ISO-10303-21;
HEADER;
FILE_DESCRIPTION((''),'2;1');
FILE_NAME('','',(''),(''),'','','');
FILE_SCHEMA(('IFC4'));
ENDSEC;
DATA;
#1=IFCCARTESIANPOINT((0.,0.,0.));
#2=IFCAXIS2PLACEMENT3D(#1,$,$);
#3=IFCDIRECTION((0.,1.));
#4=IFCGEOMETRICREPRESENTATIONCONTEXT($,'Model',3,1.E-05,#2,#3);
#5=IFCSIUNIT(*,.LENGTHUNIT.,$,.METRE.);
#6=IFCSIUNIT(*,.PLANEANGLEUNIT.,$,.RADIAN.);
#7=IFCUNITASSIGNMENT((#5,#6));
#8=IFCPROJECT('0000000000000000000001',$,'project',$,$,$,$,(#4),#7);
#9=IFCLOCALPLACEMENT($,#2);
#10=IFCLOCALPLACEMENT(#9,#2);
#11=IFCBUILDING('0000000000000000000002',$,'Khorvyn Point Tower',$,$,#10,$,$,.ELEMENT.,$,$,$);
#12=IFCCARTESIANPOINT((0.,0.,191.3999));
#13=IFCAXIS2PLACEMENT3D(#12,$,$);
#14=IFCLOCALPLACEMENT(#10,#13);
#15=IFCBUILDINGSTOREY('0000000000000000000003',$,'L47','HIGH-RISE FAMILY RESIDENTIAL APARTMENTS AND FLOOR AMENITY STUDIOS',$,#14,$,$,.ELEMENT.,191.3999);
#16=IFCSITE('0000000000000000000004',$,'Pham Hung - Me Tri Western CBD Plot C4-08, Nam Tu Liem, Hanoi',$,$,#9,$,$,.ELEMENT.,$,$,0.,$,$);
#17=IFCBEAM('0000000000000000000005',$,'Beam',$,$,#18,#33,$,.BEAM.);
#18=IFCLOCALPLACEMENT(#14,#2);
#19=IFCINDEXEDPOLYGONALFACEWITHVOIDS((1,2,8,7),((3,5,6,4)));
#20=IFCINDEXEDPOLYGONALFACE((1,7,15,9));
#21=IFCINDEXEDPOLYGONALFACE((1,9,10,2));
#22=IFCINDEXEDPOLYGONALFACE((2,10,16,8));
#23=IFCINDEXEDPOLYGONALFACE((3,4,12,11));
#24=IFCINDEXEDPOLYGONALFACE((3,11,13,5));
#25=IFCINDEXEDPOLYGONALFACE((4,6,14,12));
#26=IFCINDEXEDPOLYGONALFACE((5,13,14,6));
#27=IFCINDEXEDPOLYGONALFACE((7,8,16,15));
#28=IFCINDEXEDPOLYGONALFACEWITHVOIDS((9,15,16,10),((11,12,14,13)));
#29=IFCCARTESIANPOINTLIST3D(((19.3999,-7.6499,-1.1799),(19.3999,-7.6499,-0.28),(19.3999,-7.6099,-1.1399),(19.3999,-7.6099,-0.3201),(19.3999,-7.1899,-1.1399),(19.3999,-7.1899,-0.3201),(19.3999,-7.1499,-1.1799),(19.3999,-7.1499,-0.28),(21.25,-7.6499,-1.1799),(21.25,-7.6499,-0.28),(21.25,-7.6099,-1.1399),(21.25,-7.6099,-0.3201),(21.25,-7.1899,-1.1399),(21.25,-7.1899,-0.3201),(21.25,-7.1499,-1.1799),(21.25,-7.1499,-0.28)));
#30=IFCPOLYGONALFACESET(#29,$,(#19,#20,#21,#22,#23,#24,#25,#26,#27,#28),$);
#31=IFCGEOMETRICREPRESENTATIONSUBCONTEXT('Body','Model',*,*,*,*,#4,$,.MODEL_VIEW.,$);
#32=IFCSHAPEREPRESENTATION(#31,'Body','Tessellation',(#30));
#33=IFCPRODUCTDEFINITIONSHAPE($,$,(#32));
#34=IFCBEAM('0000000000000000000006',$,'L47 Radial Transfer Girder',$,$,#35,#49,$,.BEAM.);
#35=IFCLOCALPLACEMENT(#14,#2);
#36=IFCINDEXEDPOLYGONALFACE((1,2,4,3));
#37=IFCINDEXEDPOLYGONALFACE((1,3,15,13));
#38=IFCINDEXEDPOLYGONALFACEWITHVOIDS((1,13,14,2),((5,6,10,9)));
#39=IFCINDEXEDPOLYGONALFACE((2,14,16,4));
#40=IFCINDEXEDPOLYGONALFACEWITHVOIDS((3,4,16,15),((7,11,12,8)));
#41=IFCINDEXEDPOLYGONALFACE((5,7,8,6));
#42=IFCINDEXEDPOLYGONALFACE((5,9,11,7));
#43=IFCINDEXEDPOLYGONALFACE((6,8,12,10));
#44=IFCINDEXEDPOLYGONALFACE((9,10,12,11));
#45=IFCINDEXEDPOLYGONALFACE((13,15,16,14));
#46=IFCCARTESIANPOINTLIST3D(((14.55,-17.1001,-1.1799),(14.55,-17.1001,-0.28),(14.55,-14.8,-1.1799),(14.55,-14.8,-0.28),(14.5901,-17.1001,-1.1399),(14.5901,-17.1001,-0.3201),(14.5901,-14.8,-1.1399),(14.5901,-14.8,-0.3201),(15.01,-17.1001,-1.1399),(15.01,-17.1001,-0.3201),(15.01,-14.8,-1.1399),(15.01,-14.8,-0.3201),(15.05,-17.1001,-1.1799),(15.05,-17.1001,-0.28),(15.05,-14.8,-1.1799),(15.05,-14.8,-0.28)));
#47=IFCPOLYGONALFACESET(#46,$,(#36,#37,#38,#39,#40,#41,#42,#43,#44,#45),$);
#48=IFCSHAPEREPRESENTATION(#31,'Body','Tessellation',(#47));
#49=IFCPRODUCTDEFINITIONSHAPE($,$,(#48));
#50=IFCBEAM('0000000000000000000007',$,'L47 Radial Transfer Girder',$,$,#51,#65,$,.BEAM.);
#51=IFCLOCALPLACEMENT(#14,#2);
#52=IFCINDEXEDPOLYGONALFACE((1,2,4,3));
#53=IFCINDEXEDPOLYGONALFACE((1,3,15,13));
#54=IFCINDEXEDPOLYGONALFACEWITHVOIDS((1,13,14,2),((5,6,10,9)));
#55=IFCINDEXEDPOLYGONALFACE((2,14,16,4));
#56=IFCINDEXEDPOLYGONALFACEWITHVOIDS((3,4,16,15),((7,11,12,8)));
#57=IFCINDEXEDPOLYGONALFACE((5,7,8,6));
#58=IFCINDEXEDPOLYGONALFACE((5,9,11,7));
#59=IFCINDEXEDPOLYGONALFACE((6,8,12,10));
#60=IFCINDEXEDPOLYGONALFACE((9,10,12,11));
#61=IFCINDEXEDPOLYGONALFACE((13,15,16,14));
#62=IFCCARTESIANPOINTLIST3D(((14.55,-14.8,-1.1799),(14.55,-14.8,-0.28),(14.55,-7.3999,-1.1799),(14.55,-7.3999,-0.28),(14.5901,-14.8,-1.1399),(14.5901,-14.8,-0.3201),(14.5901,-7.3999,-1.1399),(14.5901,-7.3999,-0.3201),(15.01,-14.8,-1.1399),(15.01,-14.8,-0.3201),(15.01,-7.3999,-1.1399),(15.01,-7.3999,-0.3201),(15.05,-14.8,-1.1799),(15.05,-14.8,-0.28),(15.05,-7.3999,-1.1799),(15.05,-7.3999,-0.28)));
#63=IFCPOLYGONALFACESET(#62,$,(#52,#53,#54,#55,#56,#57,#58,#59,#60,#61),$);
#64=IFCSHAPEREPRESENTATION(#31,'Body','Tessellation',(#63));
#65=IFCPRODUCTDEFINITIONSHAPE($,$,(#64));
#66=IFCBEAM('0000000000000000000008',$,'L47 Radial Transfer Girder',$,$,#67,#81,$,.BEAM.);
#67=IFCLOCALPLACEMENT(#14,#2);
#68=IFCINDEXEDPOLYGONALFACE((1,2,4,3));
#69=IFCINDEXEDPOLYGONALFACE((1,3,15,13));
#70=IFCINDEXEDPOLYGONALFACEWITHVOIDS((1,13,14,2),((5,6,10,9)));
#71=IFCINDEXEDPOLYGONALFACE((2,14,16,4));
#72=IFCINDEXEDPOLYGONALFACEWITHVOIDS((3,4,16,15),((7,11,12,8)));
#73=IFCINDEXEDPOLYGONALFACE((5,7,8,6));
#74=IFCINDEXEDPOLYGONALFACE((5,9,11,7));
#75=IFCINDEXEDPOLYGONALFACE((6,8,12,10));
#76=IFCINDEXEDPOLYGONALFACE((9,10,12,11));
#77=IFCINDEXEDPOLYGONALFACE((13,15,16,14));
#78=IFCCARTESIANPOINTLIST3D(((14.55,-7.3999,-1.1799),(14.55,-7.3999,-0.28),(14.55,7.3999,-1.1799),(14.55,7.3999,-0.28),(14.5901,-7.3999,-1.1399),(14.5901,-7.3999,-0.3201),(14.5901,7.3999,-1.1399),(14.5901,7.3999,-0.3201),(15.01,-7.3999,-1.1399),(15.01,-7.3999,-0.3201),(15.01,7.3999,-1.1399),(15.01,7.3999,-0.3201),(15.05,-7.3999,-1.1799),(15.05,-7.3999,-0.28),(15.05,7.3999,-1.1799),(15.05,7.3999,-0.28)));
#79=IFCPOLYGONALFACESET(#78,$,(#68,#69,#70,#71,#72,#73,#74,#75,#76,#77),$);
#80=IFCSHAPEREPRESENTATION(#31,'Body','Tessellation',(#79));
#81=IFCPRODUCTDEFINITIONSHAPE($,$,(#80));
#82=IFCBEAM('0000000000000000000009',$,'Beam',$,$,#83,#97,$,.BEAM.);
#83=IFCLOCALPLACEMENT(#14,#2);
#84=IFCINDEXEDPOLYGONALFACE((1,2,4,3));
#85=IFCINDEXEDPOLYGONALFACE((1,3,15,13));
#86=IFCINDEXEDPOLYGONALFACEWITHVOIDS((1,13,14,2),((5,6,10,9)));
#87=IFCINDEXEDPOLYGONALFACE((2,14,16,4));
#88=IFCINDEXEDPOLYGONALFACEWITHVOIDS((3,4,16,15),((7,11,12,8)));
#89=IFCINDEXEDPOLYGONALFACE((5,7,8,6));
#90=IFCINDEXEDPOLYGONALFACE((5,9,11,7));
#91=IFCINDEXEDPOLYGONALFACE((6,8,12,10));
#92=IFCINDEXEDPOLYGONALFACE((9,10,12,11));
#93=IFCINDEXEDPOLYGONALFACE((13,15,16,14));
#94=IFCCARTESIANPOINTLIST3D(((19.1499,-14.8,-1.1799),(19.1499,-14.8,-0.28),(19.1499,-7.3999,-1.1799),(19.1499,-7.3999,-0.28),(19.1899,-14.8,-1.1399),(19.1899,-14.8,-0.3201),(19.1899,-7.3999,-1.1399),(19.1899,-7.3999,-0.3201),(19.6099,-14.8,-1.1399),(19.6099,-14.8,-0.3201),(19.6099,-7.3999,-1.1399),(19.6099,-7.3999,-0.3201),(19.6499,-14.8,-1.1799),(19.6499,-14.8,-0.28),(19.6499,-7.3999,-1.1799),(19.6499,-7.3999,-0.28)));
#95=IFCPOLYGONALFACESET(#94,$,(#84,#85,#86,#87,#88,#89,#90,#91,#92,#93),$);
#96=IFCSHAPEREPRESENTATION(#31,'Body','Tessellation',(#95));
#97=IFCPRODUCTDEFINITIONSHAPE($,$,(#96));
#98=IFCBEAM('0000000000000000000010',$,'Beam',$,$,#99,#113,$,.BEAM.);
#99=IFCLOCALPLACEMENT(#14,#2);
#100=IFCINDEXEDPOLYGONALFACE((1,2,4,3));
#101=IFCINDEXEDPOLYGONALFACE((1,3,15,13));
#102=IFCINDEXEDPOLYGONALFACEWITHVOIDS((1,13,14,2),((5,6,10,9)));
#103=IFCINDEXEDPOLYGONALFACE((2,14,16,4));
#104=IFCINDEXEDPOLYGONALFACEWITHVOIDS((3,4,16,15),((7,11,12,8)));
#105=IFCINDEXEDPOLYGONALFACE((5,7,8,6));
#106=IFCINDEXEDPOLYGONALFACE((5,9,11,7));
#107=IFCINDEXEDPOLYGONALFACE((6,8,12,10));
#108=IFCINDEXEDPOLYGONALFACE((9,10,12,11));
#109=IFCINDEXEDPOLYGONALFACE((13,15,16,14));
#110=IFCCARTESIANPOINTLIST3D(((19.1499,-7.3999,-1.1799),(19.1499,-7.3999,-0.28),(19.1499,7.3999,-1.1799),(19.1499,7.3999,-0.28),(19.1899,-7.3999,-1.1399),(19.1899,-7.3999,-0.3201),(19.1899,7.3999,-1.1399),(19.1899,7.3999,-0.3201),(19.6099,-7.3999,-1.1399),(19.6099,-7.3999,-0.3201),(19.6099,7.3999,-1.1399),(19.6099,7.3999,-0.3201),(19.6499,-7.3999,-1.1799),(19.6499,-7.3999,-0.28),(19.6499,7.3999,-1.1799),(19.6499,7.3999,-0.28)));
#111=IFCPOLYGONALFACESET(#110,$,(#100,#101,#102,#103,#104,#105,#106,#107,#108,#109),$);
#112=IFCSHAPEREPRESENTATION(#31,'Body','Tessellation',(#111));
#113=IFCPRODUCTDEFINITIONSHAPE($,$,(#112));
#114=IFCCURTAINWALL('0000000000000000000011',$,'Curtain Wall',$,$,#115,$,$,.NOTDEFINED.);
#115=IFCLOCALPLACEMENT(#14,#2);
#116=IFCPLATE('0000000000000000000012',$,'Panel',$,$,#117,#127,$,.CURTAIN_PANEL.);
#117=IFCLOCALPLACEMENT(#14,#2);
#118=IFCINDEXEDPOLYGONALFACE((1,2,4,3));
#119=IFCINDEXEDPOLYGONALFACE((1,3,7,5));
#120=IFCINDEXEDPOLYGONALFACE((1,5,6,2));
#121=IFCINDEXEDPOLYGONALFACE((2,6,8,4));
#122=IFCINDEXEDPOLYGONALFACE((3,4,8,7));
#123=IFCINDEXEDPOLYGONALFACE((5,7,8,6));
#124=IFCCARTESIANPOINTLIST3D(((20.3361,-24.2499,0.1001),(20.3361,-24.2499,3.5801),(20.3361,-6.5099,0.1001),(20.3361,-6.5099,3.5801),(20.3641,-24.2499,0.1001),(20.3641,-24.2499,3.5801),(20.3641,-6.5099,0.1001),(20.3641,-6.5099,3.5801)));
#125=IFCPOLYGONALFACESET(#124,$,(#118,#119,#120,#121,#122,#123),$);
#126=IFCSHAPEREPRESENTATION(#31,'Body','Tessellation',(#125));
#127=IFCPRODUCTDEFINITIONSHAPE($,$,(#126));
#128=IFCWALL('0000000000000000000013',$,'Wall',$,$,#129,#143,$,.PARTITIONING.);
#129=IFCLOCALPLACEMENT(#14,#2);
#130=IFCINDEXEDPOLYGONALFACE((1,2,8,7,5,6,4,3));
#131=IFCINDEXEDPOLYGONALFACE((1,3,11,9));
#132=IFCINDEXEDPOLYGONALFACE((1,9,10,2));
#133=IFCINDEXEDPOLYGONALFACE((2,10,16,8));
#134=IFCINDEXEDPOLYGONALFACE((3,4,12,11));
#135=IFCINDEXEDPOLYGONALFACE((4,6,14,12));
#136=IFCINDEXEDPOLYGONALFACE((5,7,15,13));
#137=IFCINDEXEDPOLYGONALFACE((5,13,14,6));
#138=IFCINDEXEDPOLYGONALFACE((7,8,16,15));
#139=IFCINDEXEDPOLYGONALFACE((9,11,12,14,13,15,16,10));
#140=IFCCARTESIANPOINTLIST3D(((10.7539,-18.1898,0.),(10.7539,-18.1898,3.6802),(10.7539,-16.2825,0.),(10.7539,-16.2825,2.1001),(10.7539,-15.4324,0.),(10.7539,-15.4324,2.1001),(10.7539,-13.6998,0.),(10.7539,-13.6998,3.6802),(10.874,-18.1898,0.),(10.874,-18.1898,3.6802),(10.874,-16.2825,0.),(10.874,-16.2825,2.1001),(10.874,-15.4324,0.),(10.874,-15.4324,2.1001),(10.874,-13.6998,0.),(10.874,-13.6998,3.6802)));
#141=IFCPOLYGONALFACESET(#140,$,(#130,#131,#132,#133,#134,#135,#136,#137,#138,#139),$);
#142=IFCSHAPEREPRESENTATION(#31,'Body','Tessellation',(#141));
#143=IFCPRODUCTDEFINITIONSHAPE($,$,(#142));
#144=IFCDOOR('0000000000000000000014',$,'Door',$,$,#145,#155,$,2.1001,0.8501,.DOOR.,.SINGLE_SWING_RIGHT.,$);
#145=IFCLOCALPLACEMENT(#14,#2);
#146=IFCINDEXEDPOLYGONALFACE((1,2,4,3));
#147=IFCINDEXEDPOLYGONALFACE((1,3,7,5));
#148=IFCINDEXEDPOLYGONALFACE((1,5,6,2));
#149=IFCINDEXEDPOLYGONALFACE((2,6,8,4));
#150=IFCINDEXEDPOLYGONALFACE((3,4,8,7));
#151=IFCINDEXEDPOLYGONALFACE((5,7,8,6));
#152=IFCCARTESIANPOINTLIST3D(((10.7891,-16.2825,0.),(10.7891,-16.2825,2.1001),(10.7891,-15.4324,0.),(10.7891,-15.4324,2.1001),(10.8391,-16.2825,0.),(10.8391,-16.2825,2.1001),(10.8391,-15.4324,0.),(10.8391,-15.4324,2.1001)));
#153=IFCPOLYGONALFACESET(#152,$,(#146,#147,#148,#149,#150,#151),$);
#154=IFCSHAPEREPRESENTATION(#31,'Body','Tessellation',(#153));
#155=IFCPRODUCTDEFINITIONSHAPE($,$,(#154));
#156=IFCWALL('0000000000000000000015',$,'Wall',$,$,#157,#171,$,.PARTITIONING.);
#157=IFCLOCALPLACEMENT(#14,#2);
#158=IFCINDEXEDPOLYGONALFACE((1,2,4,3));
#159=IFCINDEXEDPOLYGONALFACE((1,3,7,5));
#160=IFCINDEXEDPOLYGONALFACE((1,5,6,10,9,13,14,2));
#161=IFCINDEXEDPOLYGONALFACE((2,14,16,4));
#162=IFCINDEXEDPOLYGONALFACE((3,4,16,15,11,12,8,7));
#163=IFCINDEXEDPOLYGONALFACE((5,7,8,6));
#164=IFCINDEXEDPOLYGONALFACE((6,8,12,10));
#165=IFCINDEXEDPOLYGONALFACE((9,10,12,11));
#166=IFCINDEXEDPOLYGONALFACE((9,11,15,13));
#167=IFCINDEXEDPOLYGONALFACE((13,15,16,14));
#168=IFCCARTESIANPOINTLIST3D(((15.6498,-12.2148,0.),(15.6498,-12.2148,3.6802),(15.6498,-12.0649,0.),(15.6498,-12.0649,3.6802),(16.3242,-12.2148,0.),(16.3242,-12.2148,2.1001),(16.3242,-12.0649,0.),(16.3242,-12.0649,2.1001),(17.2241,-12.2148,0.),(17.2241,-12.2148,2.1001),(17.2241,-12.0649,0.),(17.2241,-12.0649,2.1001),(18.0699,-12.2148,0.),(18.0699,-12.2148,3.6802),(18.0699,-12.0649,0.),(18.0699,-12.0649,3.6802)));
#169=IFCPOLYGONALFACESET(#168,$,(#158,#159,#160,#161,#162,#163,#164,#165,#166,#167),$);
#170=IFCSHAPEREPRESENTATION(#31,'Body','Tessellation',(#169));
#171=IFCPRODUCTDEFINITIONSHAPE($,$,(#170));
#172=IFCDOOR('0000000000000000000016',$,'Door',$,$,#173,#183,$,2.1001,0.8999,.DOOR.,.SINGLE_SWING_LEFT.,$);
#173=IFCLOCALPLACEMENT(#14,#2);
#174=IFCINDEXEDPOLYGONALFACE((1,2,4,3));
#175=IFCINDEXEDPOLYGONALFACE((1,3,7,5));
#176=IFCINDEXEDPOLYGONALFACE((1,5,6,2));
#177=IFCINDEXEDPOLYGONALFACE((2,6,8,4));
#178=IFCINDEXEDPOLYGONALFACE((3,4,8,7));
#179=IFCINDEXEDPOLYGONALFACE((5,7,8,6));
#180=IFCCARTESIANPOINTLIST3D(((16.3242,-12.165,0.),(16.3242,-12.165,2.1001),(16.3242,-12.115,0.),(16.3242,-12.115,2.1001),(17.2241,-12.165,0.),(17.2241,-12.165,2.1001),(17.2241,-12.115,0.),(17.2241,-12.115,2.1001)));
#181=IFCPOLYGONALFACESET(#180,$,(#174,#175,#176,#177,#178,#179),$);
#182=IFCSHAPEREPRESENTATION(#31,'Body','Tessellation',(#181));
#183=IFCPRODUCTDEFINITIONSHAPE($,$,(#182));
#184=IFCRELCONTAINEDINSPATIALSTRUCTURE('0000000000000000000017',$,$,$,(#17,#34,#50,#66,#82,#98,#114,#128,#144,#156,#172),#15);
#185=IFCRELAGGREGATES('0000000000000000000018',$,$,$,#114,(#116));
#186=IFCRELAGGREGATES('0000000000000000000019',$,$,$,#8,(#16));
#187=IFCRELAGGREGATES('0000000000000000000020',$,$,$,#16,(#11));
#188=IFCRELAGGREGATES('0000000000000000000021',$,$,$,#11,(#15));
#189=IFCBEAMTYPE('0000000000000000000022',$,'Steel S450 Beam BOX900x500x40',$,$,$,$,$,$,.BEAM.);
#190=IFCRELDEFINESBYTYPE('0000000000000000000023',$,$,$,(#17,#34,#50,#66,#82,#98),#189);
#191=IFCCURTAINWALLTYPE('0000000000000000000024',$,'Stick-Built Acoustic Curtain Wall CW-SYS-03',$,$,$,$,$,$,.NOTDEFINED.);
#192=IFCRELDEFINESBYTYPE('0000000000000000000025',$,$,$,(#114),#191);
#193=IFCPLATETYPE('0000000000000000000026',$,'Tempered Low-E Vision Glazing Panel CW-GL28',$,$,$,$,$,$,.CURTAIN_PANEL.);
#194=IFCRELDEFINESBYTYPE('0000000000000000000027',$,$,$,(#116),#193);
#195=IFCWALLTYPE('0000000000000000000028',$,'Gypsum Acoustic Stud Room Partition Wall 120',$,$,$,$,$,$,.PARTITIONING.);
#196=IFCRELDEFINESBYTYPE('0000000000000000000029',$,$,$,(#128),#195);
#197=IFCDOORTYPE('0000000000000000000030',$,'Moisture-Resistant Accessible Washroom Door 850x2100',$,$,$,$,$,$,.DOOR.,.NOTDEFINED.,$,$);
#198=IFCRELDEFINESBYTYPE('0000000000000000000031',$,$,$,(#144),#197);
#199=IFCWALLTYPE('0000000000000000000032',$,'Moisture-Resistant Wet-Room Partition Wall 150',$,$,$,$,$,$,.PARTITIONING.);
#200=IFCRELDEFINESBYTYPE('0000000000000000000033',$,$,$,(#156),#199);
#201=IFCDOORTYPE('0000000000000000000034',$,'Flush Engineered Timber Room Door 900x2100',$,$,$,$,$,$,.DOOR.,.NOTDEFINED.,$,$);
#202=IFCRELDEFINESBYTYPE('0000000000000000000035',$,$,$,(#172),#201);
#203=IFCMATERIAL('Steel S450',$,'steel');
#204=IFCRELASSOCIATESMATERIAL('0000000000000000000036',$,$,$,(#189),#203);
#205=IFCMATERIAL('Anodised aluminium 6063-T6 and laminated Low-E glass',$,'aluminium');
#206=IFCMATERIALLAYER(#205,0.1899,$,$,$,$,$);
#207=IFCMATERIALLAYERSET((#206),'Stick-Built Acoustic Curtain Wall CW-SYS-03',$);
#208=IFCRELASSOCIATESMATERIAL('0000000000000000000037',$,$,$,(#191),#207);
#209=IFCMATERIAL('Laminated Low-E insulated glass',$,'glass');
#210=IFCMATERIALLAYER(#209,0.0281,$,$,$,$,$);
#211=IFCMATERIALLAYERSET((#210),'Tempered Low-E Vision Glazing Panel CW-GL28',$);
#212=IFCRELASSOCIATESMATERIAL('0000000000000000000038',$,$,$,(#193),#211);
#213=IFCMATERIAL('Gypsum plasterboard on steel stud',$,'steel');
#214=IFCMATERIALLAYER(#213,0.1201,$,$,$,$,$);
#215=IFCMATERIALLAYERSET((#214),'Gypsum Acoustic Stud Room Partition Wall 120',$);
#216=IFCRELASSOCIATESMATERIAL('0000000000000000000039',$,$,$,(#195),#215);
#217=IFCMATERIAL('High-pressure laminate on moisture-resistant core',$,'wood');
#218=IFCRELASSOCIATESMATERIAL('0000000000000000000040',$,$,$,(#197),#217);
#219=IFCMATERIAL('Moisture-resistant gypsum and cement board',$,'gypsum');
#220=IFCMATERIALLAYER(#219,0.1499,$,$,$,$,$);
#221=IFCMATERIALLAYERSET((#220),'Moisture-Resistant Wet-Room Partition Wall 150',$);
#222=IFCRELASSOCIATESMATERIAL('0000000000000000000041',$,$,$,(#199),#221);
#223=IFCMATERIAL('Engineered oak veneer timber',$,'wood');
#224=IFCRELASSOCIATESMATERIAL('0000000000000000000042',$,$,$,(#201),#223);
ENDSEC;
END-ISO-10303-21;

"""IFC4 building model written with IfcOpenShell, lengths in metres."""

from ifc_helpers import new_model, si_unit, direction, frame, frame_2d, origin, origin_2d, place, context, subcontext, project, spatial, rectangle, hollow_rectangle, extrude, material, layer, layer_set, material_profile, profile_set, type_object, element, fill, aggregate, save


model = new_model("IFC4")

# Units and contexts
model_context = context("Model", 3, precision=1e-05, world=origin(), true_north=direction((0.0, 1.0)))
body_context = subcontext(model_context, "Body", "Model", "MODEL_VIEW")
ifc_project = project(units=[si_unit("LENGTHUNIT", "METRE"), si_unit("PLANEANGLEUNIT", "RADIAN")], contexts=[model_context])

# Site, building, storey
site_placement = place(None, origin())
site = spatial("IfcSite", under=ifc_project, at=site_placement, Name="Pham Hung - Me Tri Western CBD Plot C4-08, Nam Tu Liem, Hanoi", CompositionType="ELEMENT", RefElevation=0.0)
building_placement = place(site_placement, origin())
building = spatial("IfcBuilding", under=site, at=building_placement, Name="Khorvyn Point Tower", CompositionType="ELEMENT")
storey_placement = place(building_placement, frame((0.0, 0.0, 191.3999)))
storey = spatial("IfcBuildingStorey", under=building, at=storey_placement, Name="L47", Description="HIGH-RISE FAMILY RESIDENTIAL APARTMENTS AND FLOOR AMENITY STUDIOS", CompositionType="ELEMENT", Elevation=191.3999)

# Shared definitions
ifc_material_1 = material(Name="Steel S450", Category="steel")

# Beams
ifc_material_profile_1 = material_profile(ifc_material_1, hollow_rectangle(XDim=0.5, YDim=0.8999, WallThickness=0.04, at=origin_2d()))
ifc_profile_set_1 = profile_set([ifc_material_profile_1], Name="Steel S450 BOX900x500x40")
beam_type_1 = type_object("IfcBeamType", Name="Steel S450 Beam BOX900x500x40", PredefinedType="BEAM", material=ifc_profile_set_1)
beam_1_placement = place(storey_placement, frame((19.3999, -7.3999, -0.73), z_axis=(1.0, 0.0, 0.0), x_axis=(0.0, 1.0, 0.0)))
element("IfcBeam", 1, at=beam_1_placement, inside=storey, type_object=beam_type_1, Name="Beam", PredefinedType="BEAM", context=body_context, shape_type="SweptSolid", body=[
    extrude(hollow_rectangle(XDim=0.5, YDim=0.8999, WallThickness=0.04, at=origin_2d()), origin(), (0.0, 0.0, 1.0), 1.8501),
])
beam_2_placement = place(storey_placement, frame((14.8, -17.1001, -0.73), z_axis=(0.0, 1.0, 0.0), x_axis=(-1.0, 0.0, 0.0)))
element("IfcBeam", 2, at=beam_2_placement, inside=storey, type_object=beam_type_1, Name="L47 Radial Transfer Girder", PredefinedType="BEAM", context=body_context, shape_type="SweptSolid", body=[
    extrude(hollow_rectangle(XDim=0.5, YDim=0.8999, WallThickness=0.04, at=origin_2d()), origin(), (0.0, 0.0, 1.0), 2.3),
])
beam_3_placement = place(storey_placement, frame((14.8, -14.8, -0.73), z_axis=(0.0, 1.0, 0.0), x_axis=(-1.0, 0.0, 0.0)))
element("IfcBeam", 3, at=beam_3_placement, inside=storey, type_object=beam_type_1, Name="L47 Radial Transfer Girder", PredefinedType="BEAM", context=body_context, shape_type="SweptSolid", body=[
    extrude(hollow_rectangle(XDim=0.5, YDim=0.8999, WallThickness=0.04, at=origin_2d()), origin(), (0.0, 0.0, 1.0), 7.4001),
])
beam_4_placement = place(storey_placement, frame((14.8, -7.3999, -0.73), z_axis=(0.0, 1.0, 0.0), x_axis=(-1.0, 0.0, 0.0)))
element("IfcBeam", 4, at=beam_4_placement, inside=storey, type_object=beam_type_1, Name="L47 Radial Transfer Girder", PredefinedType="BEAM", context=body_context, shape_type="SweptSolid", body=[
    extrude(hollow_rectangle(XDim=0.5, YDim=0.8999, WallThickness=0.04, at=origin_2d()), origin(), (0.0, 0.0, 1.0), 14.7998),
])
beam_5_placement = place(storey_placement, frame((19.3999, -14.8, -0.73), z_axis=(0.0, 1.0, 0.0), x_axis=(-1.0, 0.0, 0.0)))
element("IfcBeam", 5, at=beam_5_placement, inside=storey, type_object=beam_type_1, Name="Beam", PredefinedType="BEAM", context=body_context, shape_type="SweptSolid", body=[
    extrude(hollow_rectangle(XDim=0.5, YDim=0.8999, WallThickness=0.04, at=origin_2d()), origin(), (0.0, 0.0, 1.0), 7.4001),
])
beam_6_placement = place(storey_placement, frame((19.3999, -7.3999, -0.73), z_axis=(0.0, 1.0, 0.0), x_axis=(-1.0, 0.0, 0.0)))
element("IfcBeam", 6, at=beam_6_placement, inside=storey, type_object=beam_type_1, Name="Beam", PredefinedType="BEAM", context=body_context, shape_type="SweptSolid", body=[
    extrude(hollow_rectangle(XDim=0.5, YDim=0.8999, WallThickness=0.04, at=origin_2d()), origin(), (0.0, 0.0, 1.0), 14.7998),
])

# Curtain wall, plate
ifc_material_2 = material(Name="Anodised aluminium 6063-T6 and laminated Low-E glass", Category="aluminium")
ifc_layer_1 = layer(ifc_material_2, 0.1899)
ifc_layer_set_1 = layer_set([ifc_layer_1], Name="Stick-Built Acoustic Curtain Wall CW-SYS-03")
curtain_wall_type = type_object("IfcCurtainWallType", Name="Stick-Built Acoustic Curtain Wall CW-SYS-03", PredefinedType="NOTDEFINED", material=ifc_layer_set_1)
curtain_wall_placement = place(storey_placement, origin())
curtain_wall = element("IfcCurtainWall", 7, at=curtain_wall_placement, inside=storey, type_object=curtain_wall_type, Name="Curtain Wall", PredefinedType="NOTDEFINED")
ifc_material_3 = material(Name="Laminated Low-E insulated glass", Category="glass")
ifc_layer_2 = layer(ifc_material_3, 0.0281)
ifc_layer_set_2 = layer_set([ifc_layer_2], Name="Tempered Low-E Vision Glazing Panel CW-GL28")
plate_type = type_object("IfcPlateType", Name="Tempered Low-E Vision Glazing Panel CW-GL28", PredefinedType="CURTAIN_PANEL", material=ifc_layer_set_2)
plate_placement = place(storey_placement, frame((20.3501, -15.3799, 0.1001), z_axis=(0.0, 0.0, 1.0), x_axis=(0.0, -1.0, 0.0)))
plate = element("IfcPlate", 8, at=plate_placement, type_object=plate_type, Name="Panel", PredefinedType="CURTAIN_PANEL", context=body_context, shape_type="SweptSolid", body=[
    extrude(rectangle(XDim=17.74, YDim=0.0281, at=origin_2d()), origin(), (0.0, 0.0, 1.0), 3.48),
])
aggregate(curtain_wall, [plate])

# Walls, openings, doors
ifc_material_4 = material(Name="Gypsum plasterboard on steel stud", Category="steel")
ifc_layer_3 = layer(ifc_material_4, 0.1201)
ifc_layer_set_3 = layer_set([ifc_layer_3], Name="Gypsum Acoustic Stud Room Partition Wall 120")
wall_type_1 = type_object("IfcWallType", Name="Gypsum Acoustic Stud Room Partition Wall 120", PredefinedType="PARTITIONING", material=ifc_layer_set_3)
wall_1_placement = place(storey_placement, frame((10.814, -18.1899, 0.0), z_axis=(0.0, 0.0, 1.0), x_axis=(0.0, 1.0, 0.0)))
wall_1 = element("IfcWall", 9, at=wall_1_placement, inside=storey, type_object=wall_type_1, Name="Wall", PredefinedType="PARTITIONING", context=body_context, shape_type="SweptSolid", body=[
    extrude(rectangle(XDim=4.49, YDim=0.1201, at=frame_2d((2.2451, 0.0))), origin(), (0.0, 0.0, 1.0), 3.6802),
])
opening_1_placement = place(wall_1_placement, frame((1.9075, 0.0, 0.0)))
opening_1 = element("IfcOpeningElement", 10, at=opening_1_placement, cuts=wall_1, PredefinedType="OPENING", context=body_context, shape_type="SweptSolid", body=[
    extrude(rectangle(XDim=0.8501, YDim=2.1001, at=frame_2d((0.425, 1.05))), frame((0.0, 0.0701, 0.0), z_axis=(0.0, -1.0, 0.0), x_axis=(1.0, 0.0, 0.0)), (0.0, 0.0, 1.0), 0.1401),
])
ifc_material_5 = material(Name="High-pressure laminate on moisture-resistant core", Category="wood")
door_type_1 = type_object("IfcDoorType", Name="Moisture-Resistant Accessible Washroom Door 850x2100", OperationType="NOTDEFINED", PredefinedType="DOOR", material=ifc_material_5)
door_1_placement = place(opening_1_placement, origin())
door_1 = element("IfcDoor", 11, at=door_1_placement, inside=storey, type_object=door_type_1, Name="Door", OperationType="SINGLE_SWING_RIGHT", OverallHeight=2.1001, OverallWidth=0.8501, PredefinedType="DOOR", context=body_context, shape_type="SweptSolid", body=[
    extrude(rectangle(XDim=0.8501, YDim=2.1001, at=frame_2d((0.425, 1.05))), frame((0.0, 0.0249, 0.0), z_axis=(0.0, -1.0, 0.0), x_axis=(1.0, 0.0, 0.0)), (0.0, 0.0, 1.0), 0.05),
])
fill(opening_1, door_1)
ifc_material_6 = material(Name="Moisture-resistant gypsum and cement board", Category="gypsum")
ifc_layer_4 = layer(ifc_material_6, 0.1499)
ifc_layer_set_4 = layer_set([ifc_layer_4], Name="Moisture-Resistant Wet-Room Partition Wall 150")
wall_type_2 = type_object("IfcWallType", Name="Moisture-Resistant Wet-Room Partition Wall 150", PredefinedType="PARTITIONING", material=ifc_layer_set_4)
wall_2_placement = place(storey_placement, frame((15.6499, -12.1399, 0.0), z_axis=(0.0, 0.0, 1.0), x_axis=(1.0, 0.0, 0.0)))
wall_2 = element("IfcWall", 12, at=wall_2_placement, inside=storey, type_object=wall_type_2, Name="Wall", PredefinedType="PARTITIONING", context=body_context, shape_type="SweptSolid", body=[
    extrude(rectangle(XDim=2.4202, YDim=0.1499, at=frame_2d((1.21, 0.0))), origin(), (0.0, 0.0, 1.0), 3.6802),
])
opening_2_placement = place(wall_2_placement, frame((0.6743, 0.0, 0.0)))
opening_2 = element("IfcOpeningElement", 13, at=opening_2_placement, cuts=wall_2, PredefinedType="OPENING", context=body_context, shape_type="SweptSolid", body=[
    extrude(rectangle(XDim=0.8999, YDim=2.1001, at=frame_2d((0.45, 1.05))), frame((0.0, 0.085, 0.0), z_axis=(0.0, -1.0, 0.0), x_axis=(1.0, 0.0, 0.0)), (0.0, 0.0, 1.0), 0.1699),
])
ifc_material_7 = material(Name="Engineered oak veneer timber", Category="wood")
door_type_2 = type_object("IfcDoorType", Name="Flush Engineered Timber Room Door 900x2100", OperationType="NOTDEFINED", PredefinedType="DOOR", material=ifc_material_7)
door_2_placement = place(opening_2_placement, origin())
door_2 = element("IfcDoor", 14, at=door_2_placement, inside=storey, type_object=door_type_2, Name="Door", OperationType="SINGLE_SWING_LEFT", OverallHeight=2.1001, OverallWidth=0.8999, PredefinedType="DOOR", context=body_context, shape_type="SweptSolid", body=[
    extrude(rectangle(XDim=0.8999, YDim=2.1001, at=frame_2d((0.45, 1.05))), frame((0.0, 0.0249, 0.0), z_axis=(0.0, -1.0, 0.0), x_axis=(1.0, 0.0, 0.0)), (0.0, 0.0, 1.0), 0.05),
])
fill(opening_2, door_2)

save(model, "model.ifc")
